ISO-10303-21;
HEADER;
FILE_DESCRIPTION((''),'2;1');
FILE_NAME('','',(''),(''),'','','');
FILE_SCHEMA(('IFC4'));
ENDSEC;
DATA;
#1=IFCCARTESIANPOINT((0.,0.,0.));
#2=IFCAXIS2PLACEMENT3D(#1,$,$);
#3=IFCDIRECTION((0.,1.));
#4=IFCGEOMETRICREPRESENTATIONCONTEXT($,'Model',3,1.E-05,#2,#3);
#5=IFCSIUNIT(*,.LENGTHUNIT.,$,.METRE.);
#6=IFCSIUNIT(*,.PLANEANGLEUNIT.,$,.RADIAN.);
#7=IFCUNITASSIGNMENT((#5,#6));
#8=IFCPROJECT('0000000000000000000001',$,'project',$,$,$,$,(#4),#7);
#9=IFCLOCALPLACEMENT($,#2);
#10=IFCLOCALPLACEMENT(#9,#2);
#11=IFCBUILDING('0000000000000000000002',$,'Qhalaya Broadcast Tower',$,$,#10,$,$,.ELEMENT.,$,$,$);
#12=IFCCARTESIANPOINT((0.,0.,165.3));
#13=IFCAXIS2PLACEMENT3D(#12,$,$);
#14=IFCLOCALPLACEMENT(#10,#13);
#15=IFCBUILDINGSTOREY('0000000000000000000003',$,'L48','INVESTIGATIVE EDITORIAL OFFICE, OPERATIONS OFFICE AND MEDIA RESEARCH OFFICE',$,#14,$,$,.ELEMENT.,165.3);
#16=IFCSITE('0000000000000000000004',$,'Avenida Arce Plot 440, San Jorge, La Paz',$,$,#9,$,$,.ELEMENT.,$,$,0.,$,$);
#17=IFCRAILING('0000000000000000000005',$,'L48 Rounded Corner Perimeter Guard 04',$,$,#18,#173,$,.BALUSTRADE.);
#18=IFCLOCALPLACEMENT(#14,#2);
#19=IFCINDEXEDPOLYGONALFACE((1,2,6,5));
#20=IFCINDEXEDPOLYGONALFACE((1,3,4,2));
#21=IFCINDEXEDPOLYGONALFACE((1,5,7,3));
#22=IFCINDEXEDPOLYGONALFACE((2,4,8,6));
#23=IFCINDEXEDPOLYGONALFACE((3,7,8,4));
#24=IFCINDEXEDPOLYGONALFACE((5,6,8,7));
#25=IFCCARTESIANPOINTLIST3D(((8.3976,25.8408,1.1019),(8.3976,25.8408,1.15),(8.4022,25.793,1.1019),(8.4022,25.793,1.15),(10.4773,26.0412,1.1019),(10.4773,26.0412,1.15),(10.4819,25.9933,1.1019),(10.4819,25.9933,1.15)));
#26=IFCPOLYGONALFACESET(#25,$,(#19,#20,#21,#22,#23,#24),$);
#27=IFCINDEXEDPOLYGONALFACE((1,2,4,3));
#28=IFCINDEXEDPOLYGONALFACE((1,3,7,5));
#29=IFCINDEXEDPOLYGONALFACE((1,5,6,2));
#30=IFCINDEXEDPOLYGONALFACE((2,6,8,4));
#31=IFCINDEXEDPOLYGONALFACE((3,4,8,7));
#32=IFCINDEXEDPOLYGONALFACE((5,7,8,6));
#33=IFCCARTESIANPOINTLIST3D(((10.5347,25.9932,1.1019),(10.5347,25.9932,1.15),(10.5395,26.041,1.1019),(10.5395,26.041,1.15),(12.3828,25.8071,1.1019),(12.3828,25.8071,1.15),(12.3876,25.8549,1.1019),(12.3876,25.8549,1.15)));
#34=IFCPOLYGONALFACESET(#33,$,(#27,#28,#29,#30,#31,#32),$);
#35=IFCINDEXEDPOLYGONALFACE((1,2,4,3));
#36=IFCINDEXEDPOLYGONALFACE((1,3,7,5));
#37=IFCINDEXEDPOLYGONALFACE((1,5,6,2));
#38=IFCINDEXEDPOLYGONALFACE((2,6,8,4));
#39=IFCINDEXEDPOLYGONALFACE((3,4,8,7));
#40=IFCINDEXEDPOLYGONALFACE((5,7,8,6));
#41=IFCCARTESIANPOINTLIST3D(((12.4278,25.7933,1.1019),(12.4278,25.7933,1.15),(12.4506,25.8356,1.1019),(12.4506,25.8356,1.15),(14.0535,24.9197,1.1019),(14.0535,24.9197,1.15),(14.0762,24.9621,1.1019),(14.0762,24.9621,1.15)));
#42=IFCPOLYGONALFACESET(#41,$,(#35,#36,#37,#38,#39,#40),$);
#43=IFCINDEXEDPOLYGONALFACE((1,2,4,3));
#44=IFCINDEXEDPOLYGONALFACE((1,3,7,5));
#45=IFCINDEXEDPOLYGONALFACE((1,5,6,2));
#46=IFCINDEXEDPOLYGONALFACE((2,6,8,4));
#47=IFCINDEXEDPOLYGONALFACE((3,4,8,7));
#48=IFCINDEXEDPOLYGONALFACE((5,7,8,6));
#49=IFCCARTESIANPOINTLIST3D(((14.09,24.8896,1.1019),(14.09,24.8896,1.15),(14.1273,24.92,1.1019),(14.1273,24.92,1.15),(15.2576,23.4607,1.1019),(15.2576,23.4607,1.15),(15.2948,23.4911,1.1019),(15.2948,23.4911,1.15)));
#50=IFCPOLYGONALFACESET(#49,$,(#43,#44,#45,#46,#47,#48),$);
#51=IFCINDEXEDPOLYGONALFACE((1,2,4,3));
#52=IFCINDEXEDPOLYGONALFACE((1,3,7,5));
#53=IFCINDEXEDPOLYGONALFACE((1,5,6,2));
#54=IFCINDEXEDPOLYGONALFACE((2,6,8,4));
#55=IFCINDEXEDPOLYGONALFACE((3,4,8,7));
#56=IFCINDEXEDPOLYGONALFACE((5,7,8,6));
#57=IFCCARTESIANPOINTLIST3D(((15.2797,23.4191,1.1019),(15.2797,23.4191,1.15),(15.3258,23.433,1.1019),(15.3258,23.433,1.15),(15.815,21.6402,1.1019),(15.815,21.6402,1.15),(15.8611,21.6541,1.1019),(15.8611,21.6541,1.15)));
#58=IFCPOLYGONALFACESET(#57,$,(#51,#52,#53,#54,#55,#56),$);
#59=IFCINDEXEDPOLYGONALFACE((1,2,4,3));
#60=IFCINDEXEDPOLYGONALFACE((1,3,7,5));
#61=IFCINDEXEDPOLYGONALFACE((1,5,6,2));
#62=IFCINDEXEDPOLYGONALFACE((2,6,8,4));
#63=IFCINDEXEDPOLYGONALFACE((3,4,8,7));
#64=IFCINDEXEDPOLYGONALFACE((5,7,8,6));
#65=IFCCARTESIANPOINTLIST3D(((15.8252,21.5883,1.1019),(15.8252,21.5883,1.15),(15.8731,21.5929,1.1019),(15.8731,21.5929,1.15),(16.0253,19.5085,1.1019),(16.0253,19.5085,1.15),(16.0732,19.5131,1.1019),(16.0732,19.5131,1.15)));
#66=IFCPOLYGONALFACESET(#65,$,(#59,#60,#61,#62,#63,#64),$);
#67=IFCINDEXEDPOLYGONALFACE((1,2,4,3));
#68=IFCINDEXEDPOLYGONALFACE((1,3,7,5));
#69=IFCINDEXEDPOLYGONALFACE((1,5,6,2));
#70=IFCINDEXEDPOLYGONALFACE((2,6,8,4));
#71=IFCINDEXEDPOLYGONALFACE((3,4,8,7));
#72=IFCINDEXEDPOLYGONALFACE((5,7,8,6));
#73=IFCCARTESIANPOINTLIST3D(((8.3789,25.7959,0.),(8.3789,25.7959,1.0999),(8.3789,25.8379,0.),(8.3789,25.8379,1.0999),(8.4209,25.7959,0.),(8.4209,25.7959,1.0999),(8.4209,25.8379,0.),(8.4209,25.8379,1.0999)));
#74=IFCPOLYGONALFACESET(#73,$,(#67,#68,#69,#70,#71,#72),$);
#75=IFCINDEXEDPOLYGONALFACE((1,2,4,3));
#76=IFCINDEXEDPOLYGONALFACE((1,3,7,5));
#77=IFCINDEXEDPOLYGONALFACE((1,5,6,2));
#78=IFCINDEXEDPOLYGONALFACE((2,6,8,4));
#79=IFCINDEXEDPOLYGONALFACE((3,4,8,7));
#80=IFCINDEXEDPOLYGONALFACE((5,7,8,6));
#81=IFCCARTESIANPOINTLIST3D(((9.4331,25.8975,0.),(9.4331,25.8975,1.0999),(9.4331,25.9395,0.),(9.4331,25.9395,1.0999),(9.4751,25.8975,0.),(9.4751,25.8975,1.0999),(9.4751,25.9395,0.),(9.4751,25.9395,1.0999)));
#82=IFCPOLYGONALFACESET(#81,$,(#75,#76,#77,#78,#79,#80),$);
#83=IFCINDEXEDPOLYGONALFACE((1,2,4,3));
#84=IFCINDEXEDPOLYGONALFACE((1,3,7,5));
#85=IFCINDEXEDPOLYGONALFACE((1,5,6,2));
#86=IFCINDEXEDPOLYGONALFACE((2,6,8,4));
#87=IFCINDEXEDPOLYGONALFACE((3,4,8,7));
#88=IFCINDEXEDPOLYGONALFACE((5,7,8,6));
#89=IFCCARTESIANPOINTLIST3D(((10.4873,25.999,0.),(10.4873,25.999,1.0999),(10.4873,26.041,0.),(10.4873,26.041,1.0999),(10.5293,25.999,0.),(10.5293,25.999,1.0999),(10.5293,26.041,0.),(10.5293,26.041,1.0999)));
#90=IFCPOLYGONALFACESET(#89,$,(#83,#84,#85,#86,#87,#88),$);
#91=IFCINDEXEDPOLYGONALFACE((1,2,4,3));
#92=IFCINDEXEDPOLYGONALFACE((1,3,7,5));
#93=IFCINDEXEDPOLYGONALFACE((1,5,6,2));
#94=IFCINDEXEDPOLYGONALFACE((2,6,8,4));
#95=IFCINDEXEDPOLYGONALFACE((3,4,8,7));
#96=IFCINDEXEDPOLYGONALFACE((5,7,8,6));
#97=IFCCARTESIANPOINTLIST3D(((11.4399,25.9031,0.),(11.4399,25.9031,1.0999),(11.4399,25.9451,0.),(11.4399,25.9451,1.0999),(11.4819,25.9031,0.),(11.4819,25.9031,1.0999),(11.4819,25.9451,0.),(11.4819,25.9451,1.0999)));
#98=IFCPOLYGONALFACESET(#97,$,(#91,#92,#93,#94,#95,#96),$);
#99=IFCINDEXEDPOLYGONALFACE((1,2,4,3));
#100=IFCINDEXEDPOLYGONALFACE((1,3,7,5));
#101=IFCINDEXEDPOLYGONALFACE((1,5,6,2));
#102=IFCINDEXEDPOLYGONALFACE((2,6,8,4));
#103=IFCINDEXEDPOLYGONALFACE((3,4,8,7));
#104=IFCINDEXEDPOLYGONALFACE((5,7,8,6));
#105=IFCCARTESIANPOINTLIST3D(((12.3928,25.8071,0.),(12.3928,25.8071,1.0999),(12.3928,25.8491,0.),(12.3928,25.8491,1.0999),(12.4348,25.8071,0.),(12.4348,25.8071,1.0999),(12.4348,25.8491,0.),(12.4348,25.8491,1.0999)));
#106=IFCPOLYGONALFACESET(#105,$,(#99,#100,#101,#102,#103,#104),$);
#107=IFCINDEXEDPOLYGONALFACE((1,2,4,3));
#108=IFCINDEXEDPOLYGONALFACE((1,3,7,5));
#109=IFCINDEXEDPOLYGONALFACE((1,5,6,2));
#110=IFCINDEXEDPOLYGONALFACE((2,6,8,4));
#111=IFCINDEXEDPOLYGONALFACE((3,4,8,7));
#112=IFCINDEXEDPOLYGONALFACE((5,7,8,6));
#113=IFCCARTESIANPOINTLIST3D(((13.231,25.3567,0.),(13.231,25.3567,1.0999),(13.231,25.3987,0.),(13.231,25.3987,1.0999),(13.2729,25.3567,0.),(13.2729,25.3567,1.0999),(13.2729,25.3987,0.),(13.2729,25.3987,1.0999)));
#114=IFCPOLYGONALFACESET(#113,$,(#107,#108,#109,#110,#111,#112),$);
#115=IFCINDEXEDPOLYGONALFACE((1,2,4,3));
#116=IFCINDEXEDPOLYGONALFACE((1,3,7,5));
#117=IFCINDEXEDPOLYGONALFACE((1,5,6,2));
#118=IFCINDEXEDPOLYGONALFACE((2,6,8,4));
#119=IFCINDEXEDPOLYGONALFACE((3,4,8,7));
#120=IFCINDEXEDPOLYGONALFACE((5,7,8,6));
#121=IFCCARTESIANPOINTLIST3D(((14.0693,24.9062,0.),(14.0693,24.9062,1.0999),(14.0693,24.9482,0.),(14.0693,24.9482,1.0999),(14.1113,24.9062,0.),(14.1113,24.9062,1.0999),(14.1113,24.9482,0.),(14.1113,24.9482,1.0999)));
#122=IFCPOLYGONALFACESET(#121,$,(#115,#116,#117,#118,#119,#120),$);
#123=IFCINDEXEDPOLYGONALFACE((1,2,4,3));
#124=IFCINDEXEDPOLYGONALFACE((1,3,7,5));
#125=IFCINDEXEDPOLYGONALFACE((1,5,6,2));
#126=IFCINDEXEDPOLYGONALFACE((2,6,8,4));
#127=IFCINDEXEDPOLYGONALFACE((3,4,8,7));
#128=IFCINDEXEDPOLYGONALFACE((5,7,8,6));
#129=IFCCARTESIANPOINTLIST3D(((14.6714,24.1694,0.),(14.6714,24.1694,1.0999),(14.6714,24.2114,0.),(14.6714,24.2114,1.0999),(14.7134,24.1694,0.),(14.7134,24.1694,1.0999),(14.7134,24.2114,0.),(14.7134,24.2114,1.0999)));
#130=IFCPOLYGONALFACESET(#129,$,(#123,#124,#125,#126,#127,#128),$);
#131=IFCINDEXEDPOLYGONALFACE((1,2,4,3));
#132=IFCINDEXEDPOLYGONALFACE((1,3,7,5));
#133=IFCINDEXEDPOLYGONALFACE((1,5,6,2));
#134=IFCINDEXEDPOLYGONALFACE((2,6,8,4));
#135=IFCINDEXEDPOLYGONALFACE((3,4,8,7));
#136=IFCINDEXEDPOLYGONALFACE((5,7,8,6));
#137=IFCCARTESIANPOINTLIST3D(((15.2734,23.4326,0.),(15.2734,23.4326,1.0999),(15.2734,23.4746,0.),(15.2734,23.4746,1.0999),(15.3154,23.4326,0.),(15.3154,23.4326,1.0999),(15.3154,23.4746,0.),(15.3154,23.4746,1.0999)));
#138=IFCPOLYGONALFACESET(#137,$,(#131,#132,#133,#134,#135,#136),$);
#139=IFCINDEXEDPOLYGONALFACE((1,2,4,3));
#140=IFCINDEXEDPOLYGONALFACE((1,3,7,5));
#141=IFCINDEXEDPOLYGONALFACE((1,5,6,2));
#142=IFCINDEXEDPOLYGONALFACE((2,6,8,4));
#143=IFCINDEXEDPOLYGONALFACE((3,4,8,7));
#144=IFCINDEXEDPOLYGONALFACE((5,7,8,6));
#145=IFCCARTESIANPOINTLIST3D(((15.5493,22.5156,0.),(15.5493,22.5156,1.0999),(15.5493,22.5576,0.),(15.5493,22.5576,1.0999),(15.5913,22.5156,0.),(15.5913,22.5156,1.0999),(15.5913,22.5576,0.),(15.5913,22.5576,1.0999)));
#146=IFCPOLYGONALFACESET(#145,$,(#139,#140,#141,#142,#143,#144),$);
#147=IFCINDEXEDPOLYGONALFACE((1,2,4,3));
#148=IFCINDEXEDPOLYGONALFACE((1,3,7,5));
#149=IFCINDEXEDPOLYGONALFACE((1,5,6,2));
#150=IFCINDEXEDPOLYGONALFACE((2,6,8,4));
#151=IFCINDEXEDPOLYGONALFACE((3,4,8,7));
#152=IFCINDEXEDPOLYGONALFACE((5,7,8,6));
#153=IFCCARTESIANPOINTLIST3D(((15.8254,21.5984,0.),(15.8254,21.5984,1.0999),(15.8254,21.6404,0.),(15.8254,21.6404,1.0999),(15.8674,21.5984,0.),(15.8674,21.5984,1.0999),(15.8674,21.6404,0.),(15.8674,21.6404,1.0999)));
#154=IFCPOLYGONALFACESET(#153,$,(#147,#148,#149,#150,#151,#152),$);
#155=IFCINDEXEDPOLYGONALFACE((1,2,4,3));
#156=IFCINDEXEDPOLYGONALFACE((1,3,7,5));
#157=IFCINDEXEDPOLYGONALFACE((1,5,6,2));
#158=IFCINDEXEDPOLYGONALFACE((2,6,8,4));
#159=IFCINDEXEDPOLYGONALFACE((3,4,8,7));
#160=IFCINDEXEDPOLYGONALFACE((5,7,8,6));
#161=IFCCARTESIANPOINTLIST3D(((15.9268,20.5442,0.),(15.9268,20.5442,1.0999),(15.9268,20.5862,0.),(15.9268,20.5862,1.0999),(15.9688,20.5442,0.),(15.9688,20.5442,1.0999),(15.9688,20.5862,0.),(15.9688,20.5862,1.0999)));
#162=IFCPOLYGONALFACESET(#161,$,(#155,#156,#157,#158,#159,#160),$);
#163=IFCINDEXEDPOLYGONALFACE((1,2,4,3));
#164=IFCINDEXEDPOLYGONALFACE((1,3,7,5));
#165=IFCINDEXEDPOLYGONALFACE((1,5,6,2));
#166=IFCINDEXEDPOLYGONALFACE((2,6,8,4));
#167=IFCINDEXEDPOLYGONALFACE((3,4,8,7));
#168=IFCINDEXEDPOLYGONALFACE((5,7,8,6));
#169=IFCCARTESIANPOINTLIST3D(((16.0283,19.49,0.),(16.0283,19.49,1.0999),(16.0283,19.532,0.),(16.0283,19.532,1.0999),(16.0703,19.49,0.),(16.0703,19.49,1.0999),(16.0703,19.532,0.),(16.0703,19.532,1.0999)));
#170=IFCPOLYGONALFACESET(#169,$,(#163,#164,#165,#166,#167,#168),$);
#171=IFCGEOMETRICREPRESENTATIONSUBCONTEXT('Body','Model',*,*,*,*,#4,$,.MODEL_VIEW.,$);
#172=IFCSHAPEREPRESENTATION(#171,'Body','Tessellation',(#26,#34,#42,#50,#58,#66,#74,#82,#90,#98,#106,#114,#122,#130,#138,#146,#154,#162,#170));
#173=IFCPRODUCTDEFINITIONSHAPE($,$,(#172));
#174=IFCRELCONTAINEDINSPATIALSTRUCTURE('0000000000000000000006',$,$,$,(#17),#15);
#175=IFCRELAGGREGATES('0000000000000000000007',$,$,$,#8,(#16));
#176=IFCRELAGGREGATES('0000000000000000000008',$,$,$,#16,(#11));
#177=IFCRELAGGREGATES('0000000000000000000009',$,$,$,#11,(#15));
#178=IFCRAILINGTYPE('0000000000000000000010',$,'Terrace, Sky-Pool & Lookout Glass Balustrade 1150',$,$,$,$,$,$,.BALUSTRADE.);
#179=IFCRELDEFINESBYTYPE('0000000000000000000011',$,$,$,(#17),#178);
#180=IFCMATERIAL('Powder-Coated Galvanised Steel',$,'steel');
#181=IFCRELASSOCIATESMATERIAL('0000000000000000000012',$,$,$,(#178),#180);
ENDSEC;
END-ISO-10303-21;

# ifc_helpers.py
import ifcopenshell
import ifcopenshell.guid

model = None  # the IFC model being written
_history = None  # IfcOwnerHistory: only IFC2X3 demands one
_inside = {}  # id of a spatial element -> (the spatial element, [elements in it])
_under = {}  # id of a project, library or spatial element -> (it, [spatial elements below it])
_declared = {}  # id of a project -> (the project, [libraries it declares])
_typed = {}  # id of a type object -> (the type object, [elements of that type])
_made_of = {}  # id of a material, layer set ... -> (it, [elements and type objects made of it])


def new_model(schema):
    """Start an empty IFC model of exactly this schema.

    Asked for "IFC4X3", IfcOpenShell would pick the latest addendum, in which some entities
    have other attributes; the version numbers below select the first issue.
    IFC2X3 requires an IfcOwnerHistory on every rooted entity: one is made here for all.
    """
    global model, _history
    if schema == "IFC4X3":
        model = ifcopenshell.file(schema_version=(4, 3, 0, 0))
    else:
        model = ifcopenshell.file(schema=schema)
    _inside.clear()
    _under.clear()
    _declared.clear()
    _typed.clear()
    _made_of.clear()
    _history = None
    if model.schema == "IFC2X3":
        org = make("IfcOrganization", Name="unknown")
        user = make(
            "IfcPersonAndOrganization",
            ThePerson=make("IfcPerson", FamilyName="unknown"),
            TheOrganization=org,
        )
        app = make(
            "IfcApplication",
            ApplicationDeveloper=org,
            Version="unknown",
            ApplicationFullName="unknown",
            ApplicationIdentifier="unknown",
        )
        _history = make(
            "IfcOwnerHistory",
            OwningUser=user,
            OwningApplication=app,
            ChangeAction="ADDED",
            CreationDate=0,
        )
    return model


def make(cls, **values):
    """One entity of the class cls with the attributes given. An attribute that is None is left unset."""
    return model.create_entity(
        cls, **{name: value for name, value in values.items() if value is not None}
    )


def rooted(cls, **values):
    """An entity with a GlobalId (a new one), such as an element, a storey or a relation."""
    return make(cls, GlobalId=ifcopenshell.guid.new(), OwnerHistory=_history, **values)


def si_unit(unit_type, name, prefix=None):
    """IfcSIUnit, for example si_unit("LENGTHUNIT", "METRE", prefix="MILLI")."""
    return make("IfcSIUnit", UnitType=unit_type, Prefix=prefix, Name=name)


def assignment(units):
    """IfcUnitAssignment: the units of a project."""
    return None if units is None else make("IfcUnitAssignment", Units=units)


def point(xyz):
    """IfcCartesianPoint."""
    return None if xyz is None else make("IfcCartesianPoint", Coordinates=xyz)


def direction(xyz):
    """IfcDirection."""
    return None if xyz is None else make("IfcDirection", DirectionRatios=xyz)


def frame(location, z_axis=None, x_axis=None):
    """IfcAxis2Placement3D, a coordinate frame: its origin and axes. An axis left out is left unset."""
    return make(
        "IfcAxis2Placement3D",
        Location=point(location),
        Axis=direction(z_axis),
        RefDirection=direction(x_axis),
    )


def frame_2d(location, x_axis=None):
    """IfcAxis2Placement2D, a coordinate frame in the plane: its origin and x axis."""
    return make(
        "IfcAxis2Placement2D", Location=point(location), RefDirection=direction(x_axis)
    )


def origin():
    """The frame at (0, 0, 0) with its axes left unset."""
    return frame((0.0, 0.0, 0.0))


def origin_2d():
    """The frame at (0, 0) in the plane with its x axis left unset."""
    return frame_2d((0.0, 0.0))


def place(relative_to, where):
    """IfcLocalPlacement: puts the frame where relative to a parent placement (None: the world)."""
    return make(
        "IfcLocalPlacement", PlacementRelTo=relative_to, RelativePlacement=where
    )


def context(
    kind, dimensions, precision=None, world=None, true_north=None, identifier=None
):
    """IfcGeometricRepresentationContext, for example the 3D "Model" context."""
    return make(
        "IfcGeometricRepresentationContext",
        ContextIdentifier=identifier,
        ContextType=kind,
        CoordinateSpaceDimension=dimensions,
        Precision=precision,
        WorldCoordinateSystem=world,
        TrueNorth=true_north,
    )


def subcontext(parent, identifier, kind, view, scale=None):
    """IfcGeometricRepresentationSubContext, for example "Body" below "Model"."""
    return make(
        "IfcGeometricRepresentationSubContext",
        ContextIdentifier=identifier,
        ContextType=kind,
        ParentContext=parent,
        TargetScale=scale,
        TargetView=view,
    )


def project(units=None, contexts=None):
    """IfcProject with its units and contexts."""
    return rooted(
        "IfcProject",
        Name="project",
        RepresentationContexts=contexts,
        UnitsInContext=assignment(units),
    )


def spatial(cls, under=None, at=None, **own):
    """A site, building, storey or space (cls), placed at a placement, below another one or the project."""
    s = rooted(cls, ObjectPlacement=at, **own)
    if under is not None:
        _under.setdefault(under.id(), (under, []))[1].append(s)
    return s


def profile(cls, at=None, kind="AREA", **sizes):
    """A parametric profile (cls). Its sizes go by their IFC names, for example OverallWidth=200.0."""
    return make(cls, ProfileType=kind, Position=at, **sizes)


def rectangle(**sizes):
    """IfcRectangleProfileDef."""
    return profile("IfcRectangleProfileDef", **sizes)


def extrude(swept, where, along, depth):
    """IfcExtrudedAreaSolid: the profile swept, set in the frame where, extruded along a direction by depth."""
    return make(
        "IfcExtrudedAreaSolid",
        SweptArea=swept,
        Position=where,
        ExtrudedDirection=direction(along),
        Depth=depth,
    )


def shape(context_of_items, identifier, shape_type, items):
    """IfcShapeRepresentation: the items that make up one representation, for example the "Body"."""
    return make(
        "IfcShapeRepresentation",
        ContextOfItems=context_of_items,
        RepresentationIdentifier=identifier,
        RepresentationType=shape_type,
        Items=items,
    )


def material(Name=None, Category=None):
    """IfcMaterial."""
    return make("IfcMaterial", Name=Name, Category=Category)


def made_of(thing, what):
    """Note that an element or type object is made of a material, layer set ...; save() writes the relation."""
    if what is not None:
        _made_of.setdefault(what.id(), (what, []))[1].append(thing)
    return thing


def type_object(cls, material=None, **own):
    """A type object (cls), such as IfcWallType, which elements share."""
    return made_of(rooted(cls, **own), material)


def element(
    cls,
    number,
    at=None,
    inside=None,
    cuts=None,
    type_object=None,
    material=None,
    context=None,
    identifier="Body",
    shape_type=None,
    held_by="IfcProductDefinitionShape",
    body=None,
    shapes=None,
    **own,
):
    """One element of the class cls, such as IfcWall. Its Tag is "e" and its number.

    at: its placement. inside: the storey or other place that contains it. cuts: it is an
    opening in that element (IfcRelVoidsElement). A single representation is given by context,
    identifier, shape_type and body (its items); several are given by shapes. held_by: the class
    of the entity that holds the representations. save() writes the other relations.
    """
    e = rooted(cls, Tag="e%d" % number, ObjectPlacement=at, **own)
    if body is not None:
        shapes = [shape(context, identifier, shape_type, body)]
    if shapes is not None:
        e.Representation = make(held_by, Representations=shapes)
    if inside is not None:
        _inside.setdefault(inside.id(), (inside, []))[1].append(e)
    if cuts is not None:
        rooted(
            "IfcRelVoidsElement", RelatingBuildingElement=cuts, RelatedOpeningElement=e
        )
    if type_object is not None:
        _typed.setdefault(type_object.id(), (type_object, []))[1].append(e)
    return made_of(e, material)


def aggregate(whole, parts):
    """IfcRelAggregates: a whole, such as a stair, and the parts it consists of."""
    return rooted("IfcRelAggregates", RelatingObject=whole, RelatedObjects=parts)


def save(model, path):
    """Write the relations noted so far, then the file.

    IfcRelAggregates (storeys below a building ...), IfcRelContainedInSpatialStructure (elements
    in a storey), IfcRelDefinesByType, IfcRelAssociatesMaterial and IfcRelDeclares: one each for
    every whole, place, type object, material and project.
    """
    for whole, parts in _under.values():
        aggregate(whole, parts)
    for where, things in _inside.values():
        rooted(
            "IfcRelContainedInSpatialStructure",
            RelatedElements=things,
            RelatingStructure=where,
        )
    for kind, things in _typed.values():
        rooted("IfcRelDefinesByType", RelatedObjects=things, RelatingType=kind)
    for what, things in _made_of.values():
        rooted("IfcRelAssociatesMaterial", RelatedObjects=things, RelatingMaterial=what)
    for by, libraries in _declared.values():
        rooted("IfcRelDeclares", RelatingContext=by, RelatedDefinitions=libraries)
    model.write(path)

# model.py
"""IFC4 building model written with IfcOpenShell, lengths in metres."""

from ifc_helpers import new_model, si_unit, direction, frame, origin, origin_2d, place, context, subcontext, project, spatial, rectangle, extrude, material, type_object, element, save


model = new_model("IFC4")

# Units and contexts
model_context = context("Model", 3, precision=1e-05, world=origin(), true_north=direction((0.0, 1.0)))
body_context = subcontext(model_context, "Body", "Model", "MODEL_VIEW")
ifc_project = project(units=[si_unit("LENGTHUNIT", "METRE"), si_unit("PLANEANGLEUNIT", "RADIAN")], contexts=[model_context])

# Site, building, storey
site_placement = place(None, origin())
site = spatial("IfcSite", under=ifc_project, at=site_placement, Name="Avenida Arce Plot 440, San Jorge, La Paz", CompositionType="ELEMENT", RefElevation=0.0)
building_placement = place(site_placement, origin())
building = spatial("IfcBuilding", under=site, at=building_placement, Name="Qhalaya Broadcast Tower", CompositionType="ELEMENT")
storey_placement = place(building_placement, frame((0.0, 0.0, 165.3)))
storey = spatial("IfcBuildingStorey", under=building, at=storey_placement, Name="L48", Description="INVESTIGATIVE EDITORIAL OFFICE, OPERATIONS OFFICE AND MEDIA RESEARCH OFFICE", CompositionType="ELEMENT", Elevation=165.3)

# Railing
ifc_material_1 = material(Name="Powder-Coated Galvanised Steel", Category="steel")
railing_type = type_object("IfcRailingType", Name="Terrace, Sky-Pool & Lookout Glass Balustrade 1150", PredefinedType="BALUSTRADE", material=ifc_material_1)
railing_placement = place(storey_placement, frame((8.3999, 25.8169, 0.0)))
element("IfcRailing", 1, at=railing_placement, inside=storey, type_object=railing_type, Name="L48 Rounded Corner Perimeter Guard 04", PredefinedType="BALUSTRADE", context=body_context, shape_type="SweptSolid", body=[
    extrude(rectangle(XDim=0.0481, YDim=0.0481, at=origin_2d()), frame((0.0, 0.0, 1.126), z_axis=(0.995391, 0.095897, 0.0), x_axis=(-0.095897, 0.995391, 0.0)), (0.0, 0.0, 1.0), 2.0894),
    extrude(rectangle(XDim=0.0481, YDim=0.0481, at=origin_2d()), frame((2.1372, 0.2002, 1.126), z_axis=(0.994968, -0.100198, 0.0), x_axis=(0.100198, 0.994968, 0.0)), (0.0, 0.0, 1.0), 1.8574),
    extrude(rectangle(XDim=0.0481, YDim=0.0481, at=origin_2d()), frame((4.0393, -0.0024, 1.126), z_axis=(0.880879, -0.473342, 0.0), x_axis=(0.473342, 0.880879, 0.0)), (0.0, 0.0, 1.0), 1.8455),
    extrude(rectangle(XDim=0.0481, YDim=0.0481, at=origin_2d()), frame((5.7087, -0.9121, 1.126), z_axis=(0.632735, -0.774369, 0.0), x_axis=(0.774369, 0.632735, 0.0)), (0.0, 0.0, 1.0), 1.8452),
    extrude(rectangle(XDim=0.0481, YDim=0.0481, at=origin_2d()), frame((6.9028, -2.3909, 1.126), z_axis=(0.288178, -0.957577, 0.0), x_axis=(0.957577, 0.288178, 0.0)), (0.0, 0.0, 1.0), 1.8577),
    extrude(rectangle(XDim=0.0481, YDim=0.0481, at=origin_2d()), frame((7.4492, -4.2263, 1.126), z_axis=(0.095783, -0.995402, 0.0), x_axis=(0.995402, 0.095783, 0.0)), (0.0, 0.0, 1.0), 2.0894),
    extrude(rectangle(XDim=0.042, YDim=0.042, at=origin_2d()), origin(), (0.0, 0.0, 1.0), 1.0999),
    extrude(rectangle(XDim=0.042, YDim=0.042, at=origin_2d()), frame((1.0542, 0.1016, 0.0)), (0.0, 0.0, 1.0), 1.0999),
    extrude(rectangle(XDim=0.042, YDim=0.042, at=origin_2d()), frame((2.1084, 0.2031, 0.0)), (0.0, 0.0, 1.0), 1.0999),
    extrude(rectangle(XDim=0.042, YDim=0.042, at=origin_2d()), frame((3.061, 0.1072, 0.0)), (0.0, 0.0, 1.0), 1.0999),
    extrude(rectangle(XDim=0.042, YDim=0.042, at=origin_2d()), frame((4.0139, 0.0112, 0.0)), (0.0, 0.0, 1.0), 1.0999),
    extrude(rectangle(XDim=0.042, YDim=0.042, at=origin_2d()), frame((4.8521, -0.4392, 0.0)), (0.0, 0.0, 1.0), 1.0999),
    extrude(rectangle(XDim=0.042, YDim=0.042, at=origin_2d()), frame((5.6904, -0.8896, 0.0)), (0.0, 0.0, 1.0), 1.0999),
    extrude(rectangle(XDim=0.042, YDim=0.042, at=origin_2d()), frame((6.2925, -1.6265, 0.0)), (0.0, 0.0, 1.0), 1.0999),
    extrude(rectangle(XDim=0.042, YDim=0.042, at=origin_2d()), frame((6.8945, -2.3633, 0.0)), (0.0, 0.0, 1.0), 1.0999),
    extrude(rectangle(XDim=0.042, YDim=0.042, at=origin_2d()), frame((7.1704, -3.2803, 0.0)), (0.0, 0.0, 1.0), 1.0999),
    extrude(rectangle(XDim=0.042, YDim=0.042, at=origin_2d()), frame((7.4465, -4.1975, 0.0)), (0.0, 0.0, 1.0), 1.0999),
    extrude(rectangle(XDim=0.042, YDim=0.042, at=origin_2d()), frame((7.5479, -5.2517, 0.0)), (0.0, 0.0, 1.0), 1.0999),
    extrude(rectangle(XDim=0.042, YDim=0.042, at=origin_2d()), frame((7.6494, -6.3059, 0.0)), (0.0, 0.0, 1.0), 1.0999),
])

save(model, "model.ifc")
